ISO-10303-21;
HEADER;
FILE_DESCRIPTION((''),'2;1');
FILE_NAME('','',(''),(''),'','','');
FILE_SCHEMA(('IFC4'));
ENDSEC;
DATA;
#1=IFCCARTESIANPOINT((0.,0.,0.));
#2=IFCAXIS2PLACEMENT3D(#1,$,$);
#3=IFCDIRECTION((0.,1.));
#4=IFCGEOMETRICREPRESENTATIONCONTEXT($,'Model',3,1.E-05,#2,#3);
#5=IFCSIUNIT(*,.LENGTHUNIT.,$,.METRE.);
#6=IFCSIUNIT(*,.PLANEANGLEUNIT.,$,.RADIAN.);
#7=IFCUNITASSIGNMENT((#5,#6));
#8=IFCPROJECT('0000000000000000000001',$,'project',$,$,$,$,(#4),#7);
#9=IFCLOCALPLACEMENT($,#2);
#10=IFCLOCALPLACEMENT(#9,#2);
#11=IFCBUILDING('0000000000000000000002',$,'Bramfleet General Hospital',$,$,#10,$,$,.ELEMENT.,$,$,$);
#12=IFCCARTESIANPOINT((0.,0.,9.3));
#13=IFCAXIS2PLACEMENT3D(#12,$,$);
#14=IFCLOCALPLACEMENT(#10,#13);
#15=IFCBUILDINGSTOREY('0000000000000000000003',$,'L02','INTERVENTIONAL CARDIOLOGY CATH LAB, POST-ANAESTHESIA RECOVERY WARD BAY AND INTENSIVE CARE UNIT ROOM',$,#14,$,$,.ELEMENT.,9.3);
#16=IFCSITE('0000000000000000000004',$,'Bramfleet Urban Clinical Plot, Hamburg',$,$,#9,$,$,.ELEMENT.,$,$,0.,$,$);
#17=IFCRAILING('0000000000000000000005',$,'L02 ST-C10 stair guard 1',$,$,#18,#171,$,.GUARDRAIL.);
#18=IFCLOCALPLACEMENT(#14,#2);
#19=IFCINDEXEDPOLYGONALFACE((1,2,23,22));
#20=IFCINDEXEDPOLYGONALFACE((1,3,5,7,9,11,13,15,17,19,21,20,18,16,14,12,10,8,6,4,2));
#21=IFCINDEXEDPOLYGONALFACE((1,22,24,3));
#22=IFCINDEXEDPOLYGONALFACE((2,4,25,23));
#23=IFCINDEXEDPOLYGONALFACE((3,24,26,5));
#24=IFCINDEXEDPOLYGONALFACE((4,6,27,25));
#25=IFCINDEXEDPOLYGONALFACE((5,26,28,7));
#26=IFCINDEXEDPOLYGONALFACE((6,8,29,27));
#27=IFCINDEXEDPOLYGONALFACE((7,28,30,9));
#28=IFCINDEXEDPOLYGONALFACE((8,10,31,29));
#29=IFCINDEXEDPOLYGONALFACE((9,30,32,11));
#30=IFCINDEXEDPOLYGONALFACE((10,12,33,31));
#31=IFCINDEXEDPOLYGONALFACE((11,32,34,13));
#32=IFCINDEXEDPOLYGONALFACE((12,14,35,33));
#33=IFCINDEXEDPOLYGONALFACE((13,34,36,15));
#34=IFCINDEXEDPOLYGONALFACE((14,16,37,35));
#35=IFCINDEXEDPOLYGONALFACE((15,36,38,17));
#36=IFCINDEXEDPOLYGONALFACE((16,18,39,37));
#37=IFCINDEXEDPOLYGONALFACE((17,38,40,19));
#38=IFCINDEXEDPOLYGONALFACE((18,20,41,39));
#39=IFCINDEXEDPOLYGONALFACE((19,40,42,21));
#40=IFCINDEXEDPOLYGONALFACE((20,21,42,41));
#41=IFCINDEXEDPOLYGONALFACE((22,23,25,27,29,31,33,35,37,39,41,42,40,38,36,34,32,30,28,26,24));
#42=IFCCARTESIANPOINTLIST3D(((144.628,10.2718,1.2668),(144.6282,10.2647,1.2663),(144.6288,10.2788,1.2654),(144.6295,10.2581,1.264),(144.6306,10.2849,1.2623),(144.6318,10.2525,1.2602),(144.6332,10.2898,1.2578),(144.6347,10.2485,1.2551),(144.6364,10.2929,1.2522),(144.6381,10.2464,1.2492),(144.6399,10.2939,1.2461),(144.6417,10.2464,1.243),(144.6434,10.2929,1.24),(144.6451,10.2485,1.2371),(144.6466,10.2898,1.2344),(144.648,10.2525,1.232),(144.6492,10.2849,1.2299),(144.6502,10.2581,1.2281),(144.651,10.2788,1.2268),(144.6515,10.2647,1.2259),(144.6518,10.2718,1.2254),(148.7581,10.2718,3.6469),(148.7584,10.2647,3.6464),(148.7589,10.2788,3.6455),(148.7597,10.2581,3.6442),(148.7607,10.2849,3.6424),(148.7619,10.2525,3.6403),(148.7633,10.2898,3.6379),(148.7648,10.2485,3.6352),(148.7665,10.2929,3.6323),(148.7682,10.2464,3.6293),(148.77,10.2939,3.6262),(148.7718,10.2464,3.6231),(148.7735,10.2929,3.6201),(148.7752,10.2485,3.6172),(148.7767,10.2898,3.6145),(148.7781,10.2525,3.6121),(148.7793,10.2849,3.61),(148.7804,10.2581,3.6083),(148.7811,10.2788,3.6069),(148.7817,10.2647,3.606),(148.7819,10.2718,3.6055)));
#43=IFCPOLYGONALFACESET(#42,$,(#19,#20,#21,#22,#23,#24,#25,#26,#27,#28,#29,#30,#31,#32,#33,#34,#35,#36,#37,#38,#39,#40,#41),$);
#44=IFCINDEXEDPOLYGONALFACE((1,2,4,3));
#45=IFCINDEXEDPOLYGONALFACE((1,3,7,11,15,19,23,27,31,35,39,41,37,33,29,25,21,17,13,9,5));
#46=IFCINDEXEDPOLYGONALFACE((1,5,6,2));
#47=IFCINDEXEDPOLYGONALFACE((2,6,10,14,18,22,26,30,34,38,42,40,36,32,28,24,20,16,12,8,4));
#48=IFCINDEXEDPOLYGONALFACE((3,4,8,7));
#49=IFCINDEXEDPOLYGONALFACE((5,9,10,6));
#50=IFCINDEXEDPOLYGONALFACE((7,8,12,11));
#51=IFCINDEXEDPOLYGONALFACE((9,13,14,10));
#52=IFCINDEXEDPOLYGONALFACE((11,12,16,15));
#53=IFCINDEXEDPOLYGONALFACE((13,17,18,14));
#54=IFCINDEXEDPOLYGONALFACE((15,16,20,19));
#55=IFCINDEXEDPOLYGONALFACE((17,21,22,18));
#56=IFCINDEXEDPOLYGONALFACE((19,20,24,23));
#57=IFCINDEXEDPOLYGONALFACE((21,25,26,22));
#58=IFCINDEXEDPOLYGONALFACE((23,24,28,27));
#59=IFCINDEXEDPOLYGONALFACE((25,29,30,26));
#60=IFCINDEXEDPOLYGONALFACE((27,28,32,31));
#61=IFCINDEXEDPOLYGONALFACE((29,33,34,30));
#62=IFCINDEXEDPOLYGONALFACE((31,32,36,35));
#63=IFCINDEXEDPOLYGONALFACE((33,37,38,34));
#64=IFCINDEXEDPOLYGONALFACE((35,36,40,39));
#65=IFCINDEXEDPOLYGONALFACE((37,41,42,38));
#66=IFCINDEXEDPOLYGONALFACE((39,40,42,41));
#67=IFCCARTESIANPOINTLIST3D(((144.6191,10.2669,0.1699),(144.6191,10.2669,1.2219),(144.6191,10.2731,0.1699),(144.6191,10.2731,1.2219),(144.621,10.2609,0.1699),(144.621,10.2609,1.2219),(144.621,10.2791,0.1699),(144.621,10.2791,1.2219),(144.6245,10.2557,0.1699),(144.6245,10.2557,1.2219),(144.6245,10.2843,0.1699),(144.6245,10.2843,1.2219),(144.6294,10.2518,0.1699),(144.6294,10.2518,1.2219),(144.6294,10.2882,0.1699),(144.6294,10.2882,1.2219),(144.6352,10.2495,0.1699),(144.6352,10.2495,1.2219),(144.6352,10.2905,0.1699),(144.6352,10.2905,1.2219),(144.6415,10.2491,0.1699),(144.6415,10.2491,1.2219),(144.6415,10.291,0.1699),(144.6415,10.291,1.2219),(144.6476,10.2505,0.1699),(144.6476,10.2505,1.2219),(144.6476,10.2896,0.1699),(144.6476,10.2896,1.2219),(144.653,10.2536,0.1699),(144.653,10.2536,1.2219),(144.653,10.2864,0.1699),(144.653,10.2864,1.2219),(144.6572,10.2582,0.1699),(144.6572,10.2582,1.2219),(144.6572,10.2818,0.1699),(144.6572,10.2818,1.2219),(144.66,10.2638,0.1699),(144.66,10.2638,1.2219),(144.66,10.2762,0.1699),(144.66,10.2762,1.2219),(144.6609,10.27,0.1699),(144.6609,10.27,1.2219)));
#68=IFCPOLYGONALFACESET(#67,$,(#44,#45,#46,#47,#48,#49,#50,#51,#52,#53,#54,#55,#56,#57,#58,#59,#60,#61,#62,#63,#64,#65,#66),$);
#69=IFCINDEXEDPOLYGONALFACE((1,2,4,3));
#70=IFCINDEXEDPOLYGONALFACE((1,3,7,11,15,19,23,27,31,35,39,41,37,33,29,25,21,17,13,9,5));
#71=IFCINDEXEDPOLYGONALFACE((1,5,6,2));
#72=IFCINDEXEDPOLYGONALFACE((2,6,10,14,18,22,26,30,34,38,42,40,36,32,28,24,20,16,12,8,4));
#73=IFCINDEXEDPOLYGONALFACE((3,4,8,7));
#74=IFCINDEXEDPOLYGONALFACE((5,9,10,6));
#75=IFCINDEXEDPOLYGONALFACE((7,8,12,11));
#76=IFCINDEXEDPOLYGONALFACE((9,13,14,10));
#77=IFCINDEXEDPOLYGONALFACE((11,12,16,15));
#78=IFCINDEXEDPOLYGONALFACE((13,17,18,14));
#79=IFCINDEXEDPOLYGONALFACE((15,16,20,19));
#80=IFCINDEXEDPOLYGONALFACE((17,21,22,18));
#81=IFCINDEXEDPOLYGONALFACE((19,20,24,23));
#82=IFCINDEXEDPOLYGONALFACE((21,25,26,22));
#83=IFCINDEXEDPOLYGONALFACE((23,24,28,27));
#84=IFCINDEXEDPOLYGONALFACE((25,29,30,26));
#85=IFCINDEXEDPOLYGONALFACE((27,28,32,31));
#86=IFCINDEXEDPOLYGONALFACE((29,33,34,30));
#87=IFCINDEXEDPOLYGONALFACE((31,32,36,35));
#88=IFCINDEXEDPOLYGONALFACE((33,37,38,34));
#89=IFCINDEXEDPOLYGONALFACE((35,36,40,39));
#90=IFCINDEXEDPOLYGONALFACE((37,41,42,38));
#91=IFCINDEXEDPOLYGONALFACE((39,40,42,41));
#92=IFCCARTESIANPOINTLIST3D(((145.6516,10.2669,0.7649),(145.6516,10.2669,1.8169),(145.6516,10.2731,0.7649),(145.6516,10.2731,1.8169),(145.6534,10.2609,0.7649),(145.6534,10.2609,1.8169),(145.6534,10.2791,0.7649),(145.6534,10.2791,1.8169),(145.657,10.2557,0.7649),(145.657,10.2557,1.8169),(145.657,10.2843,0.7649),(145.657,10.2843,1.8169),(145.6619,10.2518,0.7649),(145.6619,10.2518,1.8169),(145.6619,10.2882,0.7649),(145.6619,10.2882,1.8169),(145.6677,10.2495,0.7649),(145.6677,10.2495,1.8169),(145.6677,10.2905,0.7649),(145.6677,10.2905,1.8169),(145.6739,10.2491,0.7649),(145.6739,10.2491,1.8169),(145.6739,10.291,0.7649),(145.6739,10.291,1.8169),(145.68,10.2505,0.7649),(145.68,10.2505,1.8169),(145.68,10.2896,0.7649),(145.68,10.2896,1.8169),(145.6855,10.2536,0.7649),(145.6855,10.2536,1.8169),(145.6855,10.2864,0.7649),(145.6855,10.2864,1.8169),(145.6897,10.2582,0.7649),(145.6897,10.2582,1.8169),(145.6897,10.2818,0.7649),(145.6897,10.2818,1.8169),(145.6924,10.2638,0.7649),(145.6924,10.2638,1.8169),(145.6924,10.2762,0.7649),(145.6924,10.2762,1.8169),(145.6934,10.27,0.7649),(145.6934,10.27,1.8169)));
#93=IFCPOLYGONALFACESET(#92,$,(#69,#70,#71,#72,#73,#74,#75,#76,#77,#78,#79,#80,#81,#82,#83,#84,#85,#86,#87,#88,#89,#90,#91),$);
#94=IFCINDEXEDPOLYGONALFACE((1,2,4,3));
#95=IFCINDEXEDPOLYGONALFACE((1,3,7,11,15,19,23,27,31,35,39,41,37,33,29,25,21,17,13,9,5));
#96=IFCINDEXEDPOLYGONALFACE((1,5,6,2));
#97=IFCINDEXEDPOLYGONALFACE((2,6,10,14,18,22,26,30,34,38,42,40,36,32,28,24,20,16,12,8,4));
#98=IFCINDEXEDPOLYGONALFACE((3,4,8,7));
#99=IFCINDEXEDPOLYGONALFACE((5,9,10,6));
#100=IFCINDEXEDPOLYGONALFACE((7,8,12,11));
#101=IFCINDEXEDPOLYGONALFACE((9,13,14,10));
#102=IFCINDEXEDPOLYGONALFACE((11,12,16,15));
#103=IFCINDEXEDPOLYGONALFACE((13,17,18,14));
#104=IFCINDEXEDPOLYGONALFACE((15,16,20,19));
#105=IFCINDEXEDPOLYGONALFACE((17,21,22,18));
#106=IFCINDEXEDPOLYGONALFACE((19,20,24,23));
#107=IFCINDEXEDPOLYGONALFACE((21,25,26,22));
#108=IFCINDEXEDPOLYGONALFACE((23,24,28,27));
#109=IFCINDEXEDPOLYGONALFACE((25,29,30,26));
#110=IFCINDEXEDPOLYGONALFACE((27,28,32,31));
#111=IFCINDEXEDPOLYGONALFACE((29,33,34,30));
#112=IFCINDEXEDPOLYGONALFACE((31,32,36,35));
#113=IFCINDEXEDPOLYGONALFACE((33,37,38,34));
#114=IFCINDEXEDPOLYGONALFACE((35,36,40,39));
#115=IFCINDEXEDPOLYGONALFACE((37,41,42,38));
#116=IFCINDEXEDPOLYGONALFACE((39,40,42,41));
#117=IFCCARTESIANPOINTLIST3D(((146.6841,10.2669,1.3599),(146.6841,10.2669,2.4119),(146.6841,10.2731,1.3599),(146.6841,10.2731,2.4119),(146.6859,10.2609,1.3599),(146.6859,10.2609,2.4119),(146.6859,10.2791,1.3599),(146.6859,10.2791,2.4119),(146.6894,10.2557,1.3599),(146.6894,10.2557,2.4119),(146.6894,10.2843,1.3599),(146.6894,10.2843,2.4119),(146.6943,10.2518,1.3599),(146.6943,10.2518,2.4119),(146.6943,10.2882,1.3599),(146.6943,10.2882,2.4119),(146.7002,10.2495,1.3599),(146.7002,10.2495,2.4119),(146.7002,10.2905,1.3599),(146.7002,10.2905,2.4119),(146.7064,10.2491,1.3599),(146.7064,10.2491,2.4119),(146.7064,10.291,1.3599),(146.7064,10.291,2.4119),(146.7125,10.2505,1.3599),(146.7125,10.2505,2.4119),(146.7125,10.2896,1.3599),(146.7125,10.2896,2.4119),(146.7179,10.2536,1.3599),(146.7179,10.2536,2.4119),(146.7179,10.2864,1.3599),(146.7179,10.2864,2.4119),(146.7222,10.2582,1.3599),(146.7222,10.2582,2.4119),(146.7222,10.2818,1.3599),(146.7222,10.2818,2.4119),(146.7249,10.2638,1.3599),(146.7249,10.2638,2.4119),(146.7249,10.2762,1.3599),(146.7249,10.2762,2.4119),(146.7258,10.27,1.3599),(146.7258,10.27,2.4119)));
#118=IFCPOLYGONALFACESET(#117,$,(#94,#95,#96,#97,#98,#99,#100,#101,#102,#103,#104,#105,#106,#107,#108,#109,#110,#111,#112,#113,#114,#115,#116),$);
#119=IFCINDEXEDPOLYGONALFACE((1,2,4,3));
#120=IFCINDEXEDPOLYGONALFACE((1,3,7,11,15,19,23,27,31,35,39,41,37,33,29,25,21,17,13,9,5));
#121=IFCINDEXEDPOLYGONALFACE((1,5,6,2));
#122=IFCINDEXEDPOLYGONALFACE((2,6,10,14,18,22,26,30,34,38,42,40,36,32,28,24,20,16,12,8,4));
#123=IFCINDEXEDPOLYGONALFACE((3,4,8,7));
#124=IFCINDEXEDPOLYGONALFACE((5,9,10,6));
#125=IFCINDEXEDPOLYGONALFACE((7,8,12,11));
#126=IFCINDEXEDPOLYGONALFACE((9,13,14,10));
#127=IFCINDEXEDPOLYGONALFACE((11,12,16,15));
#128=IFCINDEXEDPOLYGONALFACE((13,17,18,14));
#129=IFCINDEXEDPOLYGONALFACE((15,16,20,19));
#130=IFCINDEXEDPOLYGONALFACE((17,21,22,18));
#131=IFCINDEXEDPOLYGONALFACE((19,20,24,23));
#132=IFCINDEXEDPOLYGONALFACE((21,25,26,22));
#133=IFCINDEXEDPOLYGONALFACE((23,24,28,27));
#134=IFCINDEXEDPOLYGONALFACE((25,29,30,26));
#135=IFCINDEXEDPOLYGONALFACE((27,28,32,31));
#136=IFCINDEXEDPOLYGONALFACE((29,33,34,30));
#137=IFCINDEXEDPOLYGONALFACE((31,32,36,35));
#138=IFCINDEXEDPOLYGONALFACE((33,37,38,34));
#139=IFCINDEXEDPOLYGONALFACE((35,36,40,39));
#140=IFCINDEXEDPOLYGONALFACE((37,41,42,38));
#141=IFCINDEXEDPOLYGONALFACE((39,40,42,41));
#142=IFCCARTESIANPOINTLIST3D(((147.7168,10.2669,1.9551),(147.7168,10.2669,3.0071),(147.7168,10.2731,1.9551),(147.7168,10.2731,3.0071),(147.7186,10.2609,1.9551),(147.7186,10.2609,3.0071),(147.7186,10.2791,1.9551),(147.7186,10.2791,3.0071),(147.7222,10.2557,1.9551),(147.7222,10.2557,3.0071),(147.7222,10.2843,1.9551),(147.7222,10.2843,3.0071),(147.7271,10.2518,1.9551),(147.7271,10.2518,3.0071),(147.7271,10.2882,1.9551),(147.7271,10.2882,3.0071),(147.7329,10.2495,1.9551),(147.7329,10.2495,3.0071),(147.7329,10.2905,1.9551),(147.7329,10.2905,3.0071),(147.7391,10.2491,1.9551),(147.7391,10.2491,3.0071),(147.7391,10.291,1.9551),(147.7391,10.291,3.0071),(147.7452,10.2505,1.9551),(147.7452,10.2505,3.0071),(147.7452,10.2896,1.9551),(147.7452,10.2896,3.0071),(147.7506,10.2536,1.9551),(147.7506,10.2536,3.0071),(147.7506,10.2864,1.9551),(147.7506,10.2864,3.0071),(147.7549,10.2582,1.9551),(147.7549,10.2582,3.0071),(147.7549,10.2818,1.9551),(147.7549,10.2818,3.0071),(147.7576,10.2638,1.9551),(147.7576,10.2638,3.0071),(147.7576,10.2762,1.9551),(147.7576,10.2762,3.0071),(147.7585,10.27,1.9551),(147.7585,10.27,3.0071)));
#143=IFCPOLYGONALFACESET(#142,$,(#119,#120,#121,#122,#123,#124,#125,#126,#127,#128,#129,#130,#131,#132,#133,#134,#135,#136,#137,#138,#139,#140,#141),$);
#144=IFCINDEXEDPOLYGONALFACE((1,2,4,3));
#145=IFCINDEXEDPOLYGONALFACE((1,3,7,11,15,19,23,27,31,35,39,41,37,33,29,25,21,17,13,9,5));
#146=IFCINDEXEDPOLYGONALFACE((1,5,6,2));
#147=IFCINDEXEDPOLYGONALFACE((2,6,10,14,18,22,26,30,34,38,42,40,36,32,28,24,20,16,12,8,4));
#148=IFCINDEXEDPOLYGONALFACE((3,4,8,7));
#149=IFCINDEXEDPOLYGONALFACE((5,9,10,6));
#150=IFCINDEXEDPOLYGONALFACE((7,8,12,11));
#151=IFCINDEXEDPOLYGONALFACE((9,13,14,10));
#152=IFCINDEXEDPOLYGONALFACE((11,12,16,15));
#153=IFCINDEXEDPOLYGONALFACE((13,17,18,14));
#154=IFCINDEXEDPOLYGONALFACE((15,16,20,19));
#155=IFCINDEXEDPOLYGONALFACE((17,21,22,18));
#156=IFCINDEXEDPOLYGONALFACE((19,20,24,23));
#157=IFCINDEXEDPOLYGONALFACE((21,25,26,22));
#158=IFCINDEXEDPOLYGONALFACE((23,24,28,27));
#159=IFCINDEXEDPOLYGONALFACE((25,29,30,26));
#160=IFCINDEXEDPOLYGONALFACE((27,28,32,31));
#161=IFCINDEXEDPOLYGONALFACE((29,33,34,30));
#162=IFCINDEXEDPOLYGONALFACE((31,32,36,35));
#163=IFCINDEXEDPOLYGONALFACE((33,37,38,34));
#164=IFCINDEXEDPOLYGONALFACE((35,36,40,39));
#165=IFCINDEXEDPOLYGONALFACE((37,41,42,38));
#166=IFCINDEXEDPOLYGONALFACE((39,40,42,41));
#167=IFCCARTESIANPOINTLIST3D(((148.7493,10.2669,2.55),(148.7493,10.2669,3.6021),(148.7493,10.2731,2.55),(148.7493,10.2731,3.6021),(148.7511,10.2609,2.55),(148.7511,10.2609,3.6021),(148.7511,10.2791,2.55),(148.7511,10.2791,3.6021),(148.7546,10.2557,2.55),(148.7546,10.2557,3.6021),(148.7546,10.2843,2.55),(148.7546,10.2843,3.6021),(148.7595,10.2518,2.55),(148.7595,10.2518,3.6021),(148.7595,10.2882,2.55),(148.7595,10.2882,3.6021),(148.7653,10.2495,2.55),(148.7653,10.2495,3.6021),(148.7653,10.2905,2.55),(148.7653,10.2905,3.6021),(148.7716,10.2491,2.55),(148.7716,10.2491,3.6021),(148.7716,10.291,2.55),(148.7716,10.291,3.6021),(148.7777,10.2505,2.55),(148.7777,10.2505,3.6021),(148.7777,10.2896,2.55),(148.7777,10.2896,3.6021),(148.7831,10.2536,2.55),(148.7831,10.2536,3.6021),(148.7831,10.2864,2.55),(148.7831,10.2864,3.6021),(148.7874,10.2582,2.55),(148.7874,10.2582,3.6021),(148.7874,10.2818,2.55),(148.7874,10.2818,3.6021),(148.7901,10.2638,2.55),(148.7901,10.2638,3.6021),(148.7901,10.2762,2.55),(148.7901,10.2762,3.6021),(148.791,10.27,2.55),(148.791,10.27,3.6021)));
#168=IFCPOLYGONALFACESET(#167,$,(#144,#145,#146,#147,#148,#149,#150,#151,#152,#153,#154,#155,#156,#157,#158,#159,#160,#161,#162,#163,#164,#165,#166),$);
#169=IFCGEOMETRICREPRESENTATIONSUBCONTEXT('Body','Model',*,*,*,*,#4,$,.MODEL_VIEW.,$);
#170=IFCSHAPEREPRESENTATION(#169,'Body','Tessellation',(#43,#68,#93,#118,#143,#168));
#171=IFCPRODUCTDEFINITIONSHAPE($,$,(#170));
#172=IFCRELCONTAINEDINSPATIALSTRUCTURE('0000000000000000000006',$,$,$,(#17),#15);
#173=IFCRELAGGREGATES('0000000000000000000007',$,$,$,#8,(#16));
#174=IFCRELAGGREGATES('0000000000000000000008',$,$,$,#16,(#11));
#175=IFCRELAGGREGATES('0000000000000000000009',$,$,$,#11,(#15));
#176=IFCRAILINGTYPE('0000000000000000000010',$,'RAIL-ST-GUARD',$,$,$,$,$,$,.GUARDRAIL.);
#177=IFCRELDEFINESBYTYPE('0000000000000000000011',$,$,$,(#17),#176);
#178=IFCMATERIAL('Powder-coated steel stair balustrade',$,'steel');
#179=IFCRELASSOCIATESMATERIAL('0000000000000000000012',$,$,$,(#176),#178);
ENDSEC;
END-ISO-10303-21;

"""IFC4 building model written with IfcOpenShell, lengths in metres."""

from ifc_helpers import new_model, si_unit, direction, frame, origin, origin_2d, place, context, subcontext, project, spatial, circle, extrude, material, type_object, element, save


model = new_model("IFC4")

# Units and contexts
model_context = context("Model", 3, precision=1e-05, world=origin(), true_north=direction((0.0, 1.0)))
body_context = subcontext(model_context, "Body", "Model", "MODEL_VIEW")
ifc_project = project(units=[si_unit("LENGTHUNIT", "METRE"), si_unit("PLANEANGLEUNIT", "RADIAN")], contexts=[model_context])

# Site, building, storey
site_placement = place(None, origin())
site = spatial("IfcSite", under=ifc_project, at=site_placement, Name="Bramfleet Urban Clinical Plot, Hamburg", CompositionType="ELEMENT", RefElevation=0.0)
building_placement = place(site_placement, origin())
building = spatial("IfcBuilding", under=site, at=building_placement, Name="Bramfleet General Hospital", CompositionType="ELEMENT")
storey_placement = place(building_placement, frame((0.0, 0.0, 9.3)))
storey = spatial("IfcBuildingStorey", under=building, at=storey_placement, Name="L02", Description="INTERVENTIONAL CARDIOLOGY CATH LAB, POST-ANAESTHESIA RECOVERY WARD BAY AND INTENSIVE CARE UNIT ROOM", CompositionType="ELEMENT", Elevation=9.3)

# Railing
ifc_material_1 = material(Name="Powder-coated steel stair balustrade", Category="steel")
railing_type_1 = type_object("IfcRailingType", Name="RAIL-ST-GUARD", PredefinedType="GUARDRAIL", material=ifc_material_1)
railing_1_placement = place(storey_placement, frame((144.6399, 10.27, 0.1699)))
element("IfcRailing", 1, at=railing_1_placement, inside=storey, type_object=railing_type_1, Name="L02 ST-C10 stair guard 1", PredefinedType="GUARDRAIL", context=body_context, shape_type="SweptSolid", body=[
    extrude(circle(Radius=0.0239, at=origin_2d()), frame((0.0, 0.0, 1.0762), z_axis=(0.866425, 0.0, 0.499307), x_axis=(0.0, 1.0, 0.0)), (0.0, 0.0, 1.0), 4.7668),
    extrude(circle(Radius=0.021, at=origin_2d()), origin(), (0.0, 0.0, 1.0), 1.052),
    extrude(circle(Radius=0.021, at=origin_2d()), frame((1.0325, 0.0, 0.595)), (0.0, 0.0, 1.0), 1.052),
    extrude(circle(Radius=0.021, at=origin_2d()), frame((2.0649, 0.0, 1.1899)), (0.0, 0.0, 1.0), 1.052),
    extrude(circle(Radius=0.021, at=origin_2d()), frame((3.0977, 0.0, 1.7852)), (0.0, 0.0, 1.0), 1.052),
    extrude(circle(Radius=0.021, at=origin_2d()), frame((4.1301, 0.0, 2.3801)), (0.0, 0.0, 1.0), 1.052),
])

save(model, "model.ifc")
